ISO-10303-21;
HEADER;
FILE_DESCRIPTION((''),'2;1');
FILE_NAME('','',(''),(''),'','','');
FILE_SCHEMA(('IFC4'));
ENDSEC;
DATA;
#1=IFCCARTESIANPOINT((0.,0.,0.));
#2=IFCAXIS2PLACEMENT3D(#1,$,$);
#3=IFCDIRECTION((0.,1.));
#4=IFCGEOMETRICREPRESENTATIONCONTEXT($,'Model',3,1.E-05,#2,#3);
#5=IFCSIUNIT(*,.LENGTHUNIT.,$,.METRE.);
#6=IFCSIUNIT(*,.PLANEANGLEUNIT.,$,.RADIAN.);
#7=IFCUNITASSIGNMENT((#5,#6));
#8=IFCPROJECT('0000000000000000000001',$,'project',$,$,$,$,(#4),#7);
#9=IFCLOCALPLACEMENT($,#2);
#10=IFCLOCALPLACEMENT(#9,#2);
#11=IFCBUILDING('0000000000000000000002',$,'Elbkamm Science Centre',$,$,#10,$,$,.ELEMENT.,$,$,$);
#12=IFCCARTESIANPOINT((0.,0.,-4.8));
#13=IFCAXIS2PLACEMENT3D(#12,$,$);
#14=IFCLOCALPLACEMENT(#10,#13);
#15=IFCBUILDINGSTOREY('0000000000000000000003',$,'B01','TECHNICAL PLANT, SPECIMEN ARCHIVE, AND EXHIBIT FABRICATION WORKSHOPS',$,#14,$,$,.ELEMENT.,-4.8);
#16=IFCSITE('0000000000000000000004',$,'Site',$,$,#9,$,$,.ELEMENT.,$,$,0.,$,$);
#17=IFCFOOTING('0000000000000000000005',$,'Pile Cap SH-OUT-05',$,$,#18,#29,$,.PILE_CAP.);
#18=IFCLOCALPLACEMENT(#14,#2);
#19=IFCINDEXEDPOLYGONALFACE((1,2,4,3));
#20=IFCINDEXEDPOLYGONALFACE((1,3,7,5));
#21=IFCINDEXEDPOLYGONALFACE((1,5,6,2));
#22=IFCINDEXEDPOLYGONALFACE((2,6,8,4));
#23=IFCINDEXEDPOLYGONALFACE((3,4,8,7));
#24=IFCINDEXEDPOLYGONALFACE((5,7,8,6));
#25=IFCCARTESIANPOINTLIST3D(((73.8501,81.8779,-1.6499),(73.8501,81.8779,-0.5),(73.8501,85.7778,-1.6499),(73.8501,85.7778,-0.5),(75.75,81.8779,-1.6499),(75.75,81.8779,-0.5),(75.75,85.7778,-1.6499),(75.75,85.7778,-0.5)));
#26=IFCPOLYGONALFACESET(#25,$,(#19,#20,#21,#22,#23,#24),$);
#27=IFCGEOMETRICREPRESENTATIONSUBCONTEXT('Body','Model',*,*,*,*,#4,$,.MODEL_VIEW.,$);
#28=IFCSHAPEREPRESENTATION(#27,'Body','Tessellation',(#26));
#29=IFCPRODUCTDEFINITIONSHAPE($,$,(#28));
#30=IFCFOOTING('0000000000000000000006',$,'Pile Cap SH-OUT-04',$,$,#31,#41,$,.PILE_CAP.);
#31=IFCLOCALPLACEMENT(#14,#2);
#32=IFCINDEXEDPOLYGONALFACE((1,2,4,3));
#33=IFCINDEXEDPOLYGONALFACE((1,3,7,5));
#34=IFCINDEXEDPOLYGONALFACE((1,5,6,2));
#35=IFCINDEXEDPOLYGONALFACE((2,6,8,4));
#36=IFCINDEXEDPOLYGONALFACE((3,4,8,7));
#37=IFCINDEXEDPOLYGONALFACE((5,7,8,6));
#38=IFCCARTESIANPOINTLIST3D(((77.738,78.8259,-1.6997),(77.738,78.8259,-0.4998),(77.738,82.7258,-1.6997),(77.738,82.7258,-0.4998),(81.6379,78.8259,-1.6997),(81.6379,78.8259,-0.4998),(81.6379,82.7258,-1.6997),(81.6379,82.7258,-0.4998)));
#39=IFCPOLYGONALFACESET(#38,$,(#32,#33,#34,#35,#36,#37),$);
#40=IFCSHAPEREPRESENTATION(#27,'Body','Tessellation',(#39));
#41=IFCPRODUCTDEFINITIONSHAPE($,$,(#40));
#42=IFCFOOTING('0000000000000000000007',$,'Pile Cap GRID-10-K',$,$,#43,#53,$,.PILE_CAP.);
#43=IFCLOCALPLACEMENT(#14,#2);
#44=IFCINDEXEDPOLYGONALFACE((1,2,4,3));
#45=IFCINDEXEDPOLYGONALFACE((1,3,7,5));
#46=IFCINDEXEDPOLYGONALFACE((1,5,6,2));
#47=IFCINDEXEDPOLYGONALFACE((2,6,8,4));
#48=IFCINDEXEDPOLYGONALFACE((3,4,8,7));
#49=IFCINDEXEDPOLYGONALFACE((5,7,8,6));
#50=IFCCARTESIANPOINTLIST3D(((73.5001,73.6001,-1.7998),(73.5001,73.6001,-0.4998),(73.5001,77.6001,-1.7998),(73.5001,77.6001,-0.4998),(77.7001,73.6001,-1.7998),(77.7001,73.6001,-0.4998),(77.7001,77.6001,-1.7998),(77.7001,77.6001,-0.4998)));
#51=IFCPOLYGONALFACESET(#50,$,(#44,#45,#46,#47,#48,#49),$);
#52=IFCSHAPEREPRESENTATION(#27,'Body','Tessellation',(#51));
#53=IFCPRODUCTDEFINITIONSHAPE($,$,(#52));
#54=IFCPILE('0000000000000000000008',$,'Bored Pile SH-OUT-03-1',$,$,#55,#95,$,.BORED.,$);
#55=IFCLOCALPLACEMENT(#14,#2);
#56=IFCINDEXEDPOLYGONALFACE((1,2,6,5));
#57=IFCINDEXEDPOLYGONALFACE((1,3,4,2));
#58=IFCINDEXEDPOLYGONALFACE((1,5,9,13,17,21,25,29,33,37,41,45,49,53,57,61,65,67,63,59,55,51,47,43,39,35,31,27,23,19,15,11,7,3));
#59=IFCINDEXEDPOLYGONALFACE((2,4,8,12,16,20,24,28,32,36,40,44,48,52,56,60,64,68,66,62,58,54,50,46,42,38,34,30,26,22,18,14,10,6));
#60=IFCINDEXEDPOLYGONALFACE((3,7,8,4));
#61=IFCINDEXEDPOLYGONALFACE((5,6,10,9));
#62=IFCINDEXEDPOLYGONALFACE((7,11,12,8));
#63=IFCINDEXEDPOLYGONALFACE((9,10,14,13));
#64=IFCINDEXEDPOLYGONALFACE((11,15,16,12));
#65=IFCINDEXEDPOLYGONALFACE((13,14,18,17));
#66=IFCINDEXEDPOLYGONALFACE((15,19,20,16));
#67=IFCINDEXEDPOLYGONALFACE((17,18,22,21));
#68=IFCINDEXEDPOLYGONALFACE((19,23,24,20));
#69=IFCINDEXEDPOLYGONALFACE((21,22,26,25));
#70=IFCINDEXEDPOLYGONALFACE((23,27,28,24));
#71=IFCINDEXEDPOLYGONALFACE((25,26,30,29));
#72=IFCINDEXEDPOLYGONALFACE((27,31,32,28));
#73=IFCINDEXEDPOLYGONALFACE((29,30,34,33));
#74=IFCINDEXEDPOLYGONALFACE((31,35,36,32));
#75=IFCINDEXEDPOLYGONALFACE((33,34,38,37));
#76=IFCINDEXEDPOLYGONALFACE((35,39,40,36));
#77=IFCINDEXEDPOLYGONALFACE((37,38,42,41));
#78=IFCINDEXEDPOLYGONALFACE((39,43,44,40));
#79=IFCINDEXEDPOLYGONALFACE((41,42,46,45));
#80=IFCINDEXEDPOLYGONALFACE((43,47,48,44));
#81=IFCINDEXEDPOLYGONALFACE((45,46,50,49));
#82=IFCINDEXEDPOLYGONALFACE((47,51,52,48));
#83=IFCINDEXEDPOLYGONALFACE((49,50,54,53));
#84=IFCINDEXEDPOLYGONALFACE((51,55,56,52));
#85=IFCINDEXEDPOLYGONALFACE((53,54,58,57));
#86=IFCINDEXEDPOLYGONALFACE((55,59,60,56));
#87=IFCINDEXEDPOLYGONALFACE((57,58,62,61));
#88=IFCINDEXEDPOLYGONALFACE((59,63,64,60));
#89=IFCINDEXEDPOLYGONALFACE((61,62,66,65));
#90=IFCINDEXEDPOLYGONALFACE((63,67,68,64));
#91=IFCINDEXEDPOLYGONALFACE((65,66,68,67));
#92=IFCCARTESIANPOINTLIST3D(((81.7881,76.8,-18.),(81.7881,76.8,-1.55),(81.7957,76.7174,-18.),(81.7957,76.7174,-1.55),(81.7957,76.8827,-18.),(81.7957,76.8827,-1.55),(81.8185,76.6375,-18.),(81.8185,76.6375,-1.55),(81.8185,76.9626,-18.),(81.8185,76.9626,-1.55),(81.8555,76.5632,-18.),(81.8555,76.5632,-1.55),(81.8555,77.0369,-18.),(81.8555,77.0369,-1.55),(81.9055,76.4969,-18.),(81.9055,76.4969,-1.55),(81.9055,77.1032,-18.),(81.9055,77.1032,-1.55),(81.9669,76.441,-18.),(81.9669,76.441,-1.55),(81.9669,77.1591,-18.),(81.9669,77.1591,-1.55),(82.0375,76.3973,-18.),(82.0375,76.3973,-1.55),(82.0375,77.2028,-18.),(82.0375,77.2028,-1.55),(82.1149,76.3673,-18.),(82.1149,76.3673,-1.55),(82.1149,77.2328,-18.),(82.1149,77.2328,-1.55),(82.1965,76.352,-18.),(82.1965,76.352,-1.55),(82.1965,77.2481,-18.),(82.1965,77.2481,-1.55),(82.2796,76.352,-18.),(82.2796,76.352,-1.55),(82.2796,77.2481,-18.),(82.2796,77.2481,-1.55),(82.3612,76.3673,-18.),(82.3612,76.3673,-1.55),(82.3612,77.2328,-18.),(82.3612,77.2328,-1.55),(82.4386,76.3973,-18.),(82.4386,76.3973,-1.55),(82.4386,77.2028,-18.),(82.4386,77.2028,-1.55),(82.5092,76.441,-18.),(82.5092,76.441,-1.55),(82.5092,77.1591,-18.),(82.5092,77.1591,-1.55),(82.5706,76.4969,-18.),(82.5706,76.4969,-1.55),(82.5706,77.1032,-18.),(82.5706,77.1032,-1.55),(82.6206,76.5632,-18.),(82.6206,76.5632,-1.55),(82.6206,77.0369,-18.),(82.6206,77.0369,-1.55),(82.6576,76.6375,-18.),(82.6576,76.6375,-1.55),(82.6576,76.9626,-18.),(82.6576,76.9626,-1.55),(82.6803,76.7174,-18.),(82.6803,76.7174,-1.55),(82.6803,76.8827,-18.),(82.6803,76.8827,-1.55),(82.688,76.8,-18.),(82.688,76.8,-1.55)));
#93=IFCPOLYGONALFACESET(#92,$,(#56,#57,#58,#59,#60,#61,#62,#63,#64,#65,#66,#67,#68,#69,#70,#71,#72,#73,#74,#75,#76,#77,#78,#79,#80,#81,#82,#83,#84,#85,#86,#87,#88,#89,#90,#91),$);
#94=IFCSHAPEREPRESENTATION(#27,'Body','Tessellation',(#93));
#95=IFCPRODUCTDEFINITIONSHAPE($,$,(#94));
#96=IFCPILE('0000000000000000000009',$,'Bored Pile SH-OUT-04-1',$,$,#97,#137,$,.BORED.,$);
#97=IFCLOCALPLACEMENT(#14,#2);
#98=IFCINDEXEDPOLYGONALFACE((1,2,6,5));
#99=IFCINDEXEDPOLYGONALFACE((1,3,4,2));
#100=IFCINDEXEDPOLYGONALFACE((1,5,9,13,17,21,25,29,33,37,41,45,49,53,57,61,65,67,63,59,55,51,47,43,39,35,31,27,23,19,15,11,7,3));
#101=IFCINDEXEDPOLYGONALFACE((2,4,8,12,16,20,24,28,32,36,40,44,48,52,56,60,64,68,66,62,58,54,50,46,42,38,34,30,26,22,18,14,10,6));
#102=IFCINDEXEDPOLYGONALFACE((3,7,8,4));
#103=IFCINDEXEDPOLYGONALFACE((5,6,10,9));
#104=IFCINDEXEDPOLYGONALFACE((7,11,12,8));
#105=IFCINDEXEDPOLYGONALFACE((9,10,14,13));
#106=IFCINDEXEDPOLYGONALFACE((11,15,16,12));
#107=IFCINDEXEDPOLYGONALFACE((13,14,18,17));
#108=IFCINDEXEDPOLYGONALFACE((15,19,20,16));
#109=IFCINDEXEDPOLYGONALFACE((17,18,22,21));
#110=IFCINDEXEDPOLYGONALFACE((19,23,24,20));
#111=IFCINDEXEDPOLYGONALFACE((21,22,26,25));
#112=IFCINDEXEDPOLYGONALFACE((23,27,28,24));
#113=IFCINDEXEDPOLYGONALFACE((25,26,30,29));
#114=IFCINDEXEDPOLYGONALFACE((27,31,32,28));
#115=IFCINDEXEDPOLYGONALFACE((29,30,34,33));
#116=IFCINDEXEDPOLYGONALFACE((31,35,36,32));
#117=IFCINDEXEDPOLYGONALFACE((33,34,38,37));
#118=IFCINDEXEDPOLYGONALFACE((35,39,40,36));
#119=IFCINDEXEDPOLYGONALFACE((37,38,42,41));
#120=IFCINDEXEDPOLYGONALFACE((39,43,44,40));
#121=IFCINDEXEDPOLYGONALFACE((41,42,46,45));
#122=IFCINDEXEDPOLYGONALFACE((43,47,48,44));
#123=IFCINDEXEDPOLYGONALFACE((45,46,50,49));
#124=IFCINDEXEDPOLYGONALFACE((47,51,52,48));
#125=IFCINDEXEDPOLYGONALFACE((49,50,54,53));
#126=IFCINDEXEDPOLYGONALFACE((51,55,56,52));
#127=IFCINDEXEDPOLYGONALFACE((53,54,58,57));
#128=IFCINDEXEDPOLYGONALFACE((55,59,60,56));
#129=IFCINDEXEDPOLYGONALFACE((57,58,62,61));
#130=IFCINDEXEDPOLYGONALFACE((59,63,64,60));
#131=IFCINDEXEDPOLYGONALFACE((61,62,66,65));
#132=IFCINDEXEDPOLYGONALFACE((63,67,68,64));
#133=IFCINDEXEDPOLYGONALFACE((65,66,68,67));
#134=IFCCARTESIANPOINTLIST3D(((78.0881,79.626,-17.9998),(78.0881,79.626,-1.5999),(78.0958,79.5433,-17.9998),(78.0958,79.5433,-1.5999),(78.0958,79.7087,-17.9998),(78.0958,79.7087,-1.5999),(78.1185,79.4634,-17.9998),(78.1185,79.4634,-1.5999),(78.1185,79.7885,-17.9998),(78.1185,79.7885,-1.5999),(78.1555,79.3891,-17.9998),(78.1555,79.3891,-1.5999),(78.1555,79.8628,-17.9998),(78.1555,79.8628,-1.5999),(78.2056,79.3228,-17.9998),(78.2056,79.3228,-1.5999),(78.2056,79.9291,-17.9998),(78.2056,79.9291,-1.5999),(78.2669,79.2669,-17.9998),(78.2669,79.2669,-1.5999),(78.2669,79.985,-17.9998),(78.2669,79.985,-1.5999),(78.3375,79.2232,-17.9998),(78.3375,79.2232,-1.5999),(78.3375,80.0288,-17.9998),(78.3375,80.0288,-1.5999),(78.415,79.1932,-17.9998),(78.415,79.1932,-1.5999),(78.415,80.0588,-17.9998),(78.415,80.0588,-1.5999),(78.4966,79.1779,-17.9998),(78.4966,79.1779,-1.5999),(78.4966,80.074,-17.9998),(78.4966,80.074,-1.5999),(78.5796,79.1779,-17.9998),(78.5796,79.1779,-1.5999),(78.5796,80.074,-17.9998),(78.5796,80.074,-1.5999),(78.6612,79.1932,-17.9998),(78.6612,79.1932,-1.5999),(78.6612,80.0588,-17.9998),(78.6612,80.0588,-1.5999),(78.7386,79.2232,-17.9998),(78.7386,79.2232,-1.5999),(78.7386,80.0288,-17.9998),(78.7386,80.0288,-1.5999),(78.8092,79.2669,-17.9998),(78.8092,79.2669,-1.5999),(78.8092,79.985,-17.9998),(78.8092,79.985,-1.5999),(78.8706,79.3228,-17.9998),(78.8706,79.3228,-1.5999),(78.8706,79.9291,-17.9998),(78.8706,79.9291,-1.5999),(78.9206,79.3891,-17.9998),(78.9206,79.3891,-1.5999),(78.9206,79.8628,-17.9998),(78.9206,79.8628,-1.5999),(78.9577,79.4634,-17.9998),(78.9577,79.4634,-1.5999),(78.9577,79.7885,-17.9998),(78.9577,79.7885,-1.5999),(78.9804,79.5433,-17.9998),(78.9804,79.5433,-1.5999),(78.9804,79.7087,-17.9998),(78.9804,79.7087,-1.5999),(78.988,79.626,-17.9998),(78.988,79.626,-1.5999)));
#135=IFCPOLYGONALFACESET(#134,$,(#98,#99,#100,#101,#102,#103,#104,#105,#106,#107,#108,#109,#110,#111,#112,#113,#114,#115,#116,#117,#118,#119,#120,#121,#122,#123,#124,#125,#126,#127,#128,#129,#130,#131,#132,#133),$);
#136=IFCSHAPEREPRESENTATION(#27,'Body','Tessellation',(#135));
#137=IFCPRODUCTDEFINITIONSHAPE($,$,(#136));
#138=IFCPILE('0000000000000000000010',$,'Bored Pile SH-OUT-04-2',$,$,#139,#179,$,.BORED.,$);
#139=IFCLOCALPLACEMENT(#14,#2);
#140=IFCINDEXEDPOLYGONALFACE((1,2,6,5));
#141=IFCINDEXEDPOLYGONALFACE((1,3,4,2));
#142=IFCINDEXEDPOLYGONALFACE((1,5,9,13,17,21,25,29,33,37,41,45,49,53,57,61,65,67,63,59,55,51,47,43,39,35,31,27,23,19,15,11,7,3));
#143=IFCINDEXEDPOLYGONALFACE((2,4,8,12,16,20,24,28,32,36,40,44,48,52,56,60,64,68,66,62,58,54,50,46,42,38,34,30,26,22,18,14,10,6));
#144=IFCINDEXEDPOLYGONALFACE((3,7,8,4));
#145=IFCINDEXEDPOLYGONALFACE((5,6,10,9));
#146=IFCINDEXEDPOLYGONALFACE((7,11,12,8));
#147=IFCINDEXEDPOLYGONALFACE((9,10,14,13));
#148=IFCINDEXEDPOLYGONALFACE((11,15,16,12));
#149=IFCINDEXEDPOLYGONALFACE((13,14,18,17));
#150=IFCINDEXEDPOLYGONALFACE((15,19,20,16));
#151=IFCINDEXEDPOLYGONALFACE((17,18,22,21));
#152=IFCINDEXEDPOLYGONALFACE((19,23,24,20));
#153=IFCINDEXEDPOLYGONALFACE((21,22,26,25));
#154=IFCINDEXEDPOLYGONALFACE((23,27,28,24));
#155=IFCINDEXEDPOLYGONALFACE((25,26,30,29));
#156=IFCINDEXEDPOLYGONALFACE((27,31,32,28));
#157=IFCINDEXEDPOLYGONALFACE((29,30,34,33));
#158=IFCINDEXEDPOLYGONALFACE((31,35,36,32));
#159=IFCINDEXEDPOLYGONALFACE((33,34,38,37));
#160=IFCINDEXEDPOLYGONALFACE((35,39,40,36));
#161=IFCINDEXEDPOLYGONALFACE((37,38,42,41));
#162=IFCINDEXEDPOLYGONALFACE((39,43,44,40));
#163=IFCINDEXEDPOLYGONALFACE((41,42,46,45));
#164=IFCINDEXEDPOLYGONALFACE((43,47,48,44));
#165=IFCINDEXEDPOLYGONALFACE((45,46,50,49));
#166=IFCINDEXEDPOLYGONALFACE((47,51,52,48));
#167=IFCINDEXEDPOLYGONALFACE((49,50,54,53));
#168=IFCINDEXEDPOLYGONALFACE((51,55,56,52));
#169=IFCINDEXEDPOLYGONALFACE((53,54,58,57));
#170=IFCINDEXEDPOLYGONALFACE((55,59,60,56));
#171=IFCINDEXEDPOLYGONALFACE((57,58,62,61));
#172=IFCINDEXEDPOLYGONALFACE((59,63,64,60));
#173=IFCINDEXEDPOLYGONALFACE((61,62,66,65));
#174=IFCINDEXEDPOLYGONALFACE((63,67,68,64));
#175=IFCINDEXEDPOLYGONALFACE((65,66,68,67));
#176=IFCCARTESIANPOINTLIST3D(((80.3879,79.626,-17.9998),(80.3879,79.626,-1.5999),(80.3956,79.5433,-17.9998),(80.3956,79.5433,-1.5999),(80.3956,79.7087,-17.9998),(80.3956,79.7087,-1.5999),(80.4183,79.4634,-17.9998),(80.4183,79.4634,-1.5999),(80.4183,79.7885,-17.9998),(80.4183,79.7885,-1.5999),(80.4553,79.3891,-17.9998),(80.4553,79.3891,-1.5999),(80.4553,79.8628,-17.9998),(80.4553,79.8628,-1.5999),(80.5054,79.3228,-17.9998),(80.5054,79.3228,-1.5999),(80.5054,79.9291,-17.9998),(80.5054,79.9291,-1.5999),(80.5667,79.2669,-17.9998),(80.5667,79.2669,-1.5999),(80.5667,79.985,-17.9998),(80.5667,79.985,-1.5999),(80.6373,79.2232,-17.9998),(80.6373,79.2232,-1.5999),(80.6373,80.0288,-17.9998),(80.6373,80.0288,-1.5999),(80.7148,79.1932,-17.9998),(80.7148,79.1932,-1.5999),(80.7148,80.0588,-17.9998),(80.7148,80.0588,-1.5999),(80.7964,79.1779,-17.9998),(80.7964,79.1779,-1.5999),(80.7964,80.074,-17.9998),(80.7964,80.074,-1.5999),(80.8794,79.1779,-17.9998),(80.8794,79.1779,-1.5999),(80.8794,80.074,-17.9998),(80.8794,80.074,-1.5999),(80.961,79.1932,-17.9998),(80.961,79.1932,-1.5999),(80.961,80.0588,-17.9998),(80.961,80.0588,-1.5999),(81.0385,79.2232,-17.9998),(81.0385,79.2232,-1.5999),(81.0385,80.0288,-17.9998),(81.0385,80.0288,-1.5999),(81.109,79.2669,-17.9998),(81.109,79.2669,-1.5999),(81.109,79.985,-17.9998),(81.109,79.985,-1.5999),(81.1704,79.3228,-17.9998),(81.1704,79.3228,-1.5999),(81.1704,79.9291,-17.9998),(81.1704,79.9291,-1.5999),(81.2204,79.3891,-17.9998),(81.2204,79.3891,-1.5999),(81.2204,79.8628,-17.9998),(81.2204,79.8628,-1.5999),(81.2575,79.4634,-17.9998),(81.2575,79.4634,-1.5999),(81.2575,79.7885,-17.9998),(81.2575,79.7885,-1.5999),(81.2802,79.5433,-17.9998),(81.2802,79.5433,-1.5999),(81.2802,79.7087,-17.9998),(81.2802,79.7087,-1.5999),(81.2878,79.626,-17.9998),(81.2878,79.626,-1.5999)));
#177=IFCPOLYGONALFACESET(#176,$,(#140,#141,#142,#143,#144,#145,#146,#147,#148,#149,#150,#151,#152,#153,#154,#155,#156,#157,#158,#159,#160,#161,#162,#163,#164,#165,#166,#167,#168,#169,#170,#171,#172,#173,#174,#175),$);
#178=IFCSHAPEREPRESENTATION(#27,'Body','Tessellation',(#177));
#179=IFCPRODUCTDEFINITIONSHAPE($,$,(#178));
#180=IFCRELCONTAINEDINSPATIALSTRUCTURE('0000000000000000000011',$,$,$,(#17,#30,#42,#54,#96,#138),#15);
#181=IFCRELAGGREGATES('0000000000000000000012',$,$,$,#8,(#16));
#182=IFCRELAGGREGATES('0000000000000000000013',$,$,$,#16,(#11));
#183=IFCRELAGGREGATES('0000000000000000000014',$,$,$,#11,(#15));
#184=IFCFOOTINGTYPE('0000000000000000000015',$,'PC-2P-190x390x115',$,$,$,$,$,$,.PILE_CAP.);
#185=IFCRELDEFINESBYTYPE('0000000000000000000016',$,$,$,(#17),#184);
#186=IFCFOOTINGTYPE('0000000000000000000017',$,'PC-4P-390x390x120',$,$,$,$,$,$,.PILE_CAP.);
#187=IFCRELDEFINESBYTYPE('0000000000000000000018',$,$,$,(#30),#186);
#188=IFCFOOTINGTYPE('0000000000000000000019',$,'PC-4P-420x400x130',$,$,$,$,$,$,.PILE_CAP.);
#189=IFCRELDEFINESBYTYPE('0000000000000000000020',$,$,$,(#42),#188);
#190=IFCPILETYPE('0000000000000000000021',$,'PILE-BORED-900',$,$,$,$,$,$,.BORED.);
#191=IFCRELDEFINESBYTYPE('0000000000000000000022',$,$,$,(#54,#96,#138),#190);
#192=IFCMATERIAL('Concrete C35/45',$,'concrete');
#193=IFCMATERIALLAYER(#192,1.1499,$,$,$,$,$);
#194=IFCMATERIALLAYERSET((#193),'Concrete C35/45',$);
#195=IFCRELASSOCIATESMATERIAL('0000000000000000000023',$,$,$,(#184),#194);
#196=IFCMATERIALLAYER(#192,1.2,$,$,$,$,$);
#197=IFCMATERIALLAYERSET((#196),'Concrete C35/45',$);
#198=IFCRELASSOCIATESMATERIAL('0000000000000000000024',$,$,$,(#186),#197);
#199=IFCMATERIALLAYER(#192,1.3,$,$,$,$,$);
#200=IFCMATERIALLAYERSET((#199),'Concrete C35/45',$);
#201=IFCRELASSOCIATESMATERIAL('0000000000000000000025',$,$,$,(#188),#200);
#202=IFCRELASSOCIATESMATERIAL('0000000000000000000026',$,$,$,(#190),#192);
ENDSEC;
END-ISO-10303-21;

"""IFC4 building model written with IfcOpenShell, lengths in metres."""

from ifc_helpers import new_model, si_unit, direction, frame, origin, origin_2d, place, context, subcontext, project, spatial, rectangle, circle, extrude, material, layer, layer_set, material_profile, profile_set, type_object, element, save


model = new_model("IFC4")

# Units and contexts
model_context = context("Model", 3, precision=1e-05, world=origin(), true_north=direction((0.0, 1.0)))
body_context = subcontext(model_context, "Body", "Model", "MODEL_VIEW")
ifc_project = project(units=[si_unit("LENGTHUNIT", "METRE"), si_unit("PLANEANGLEUNIT", "RADIAN")], contexts=[model_context])

# Site, building, storey
site_placement = place(None, origin())
site = spatial("IfcSite", under=ifc_project, at=site_placement, Name="Site", CompositionType="ELEMENT", RefElevation=0.0)
building_placement = place(site_placement, origin())
building = spatial("IfcBuilding", under=site, at=building_placement, Name="Elbkamm Science Centre", CompositionType="ELEMENT")
storey_placement = place(building_placement, frame((0.0, 0.0, -4.8)))
storey = spatial("IfcBuildingStorey", under=building, at=storey_placement, Name="B01", Description="TECHNICAL PLANT, SPECIMEN ARCHIVE, AND EXHIBIT FABRICATION WORKSHOPS", CompositionType="ELEMENT", Elevation=-4.8)

# Footings
ifc_material_1 = material(Name="Concrete C35/45", Category="concrete")
ifc_layer_1 = layer(ifc_material_1, 1.1499)
ifc_layer_set_1 = layer_set([ifc_layer_1], Name="Concrete C35/45")
footing_type_1 = type_object("IfcFootingType", Name="PC-2P-190x390x115", PredefinedType="PILE_CAP", material=ifc_layer_set_1)
footing_1_placement = place(storey_placement, frame((74.8, 83.8279, -1.6499), z_axis=(0.0, 0.0, 1.0), x_axis=(1.0, 0.0, 0.0)))
element("IfcFooting", 1, at=footing_1_placement, inside=storey, type_object=footing_type_1, Name="Pile Cap SH-OUT-05", PredefinedType="PILE_CAP", context=body_context, shape_type="SweptSolid", body=[
    extrude(rectangle(XDim=1.8999, YDim=3.8999, at=origin_2d()), origin(), (0.0, 0.0, 1.0), 1.1499),
])
ifc_layer_2 = layer(ifc_material_1, 1.2)
ifc_layer_set_2 = layer_set([ifc_layer_2], Name="Concrete C35/45")
footing_type_2 = type_object("IfcFootingType", Name="PC-4P-390x390x120", PredefinedType="PILE_CAP", material=ifc_layer_set_2)
footing_2_placement = place(storey_placement, frame((79.688, 80.7759, -1.6997), z_axis=(0.0, 0.0, 1.0), x_axis=(1.0, 0.0, 0.0)))
element("IfcFooting", 2, at=footing_2_placement, inside=storey, type_object=footing_type_2, Name="Pile Cap SH-OUT-04", PredefinedType="PILE_CAP", context=body_context, shape_type="SweptSolid", body=[
    extrude(rectangle(XDim=3.8999, YDim=3.8999, at=origin_2d()), origin(), (0.0, 0.0, 1.0), 1.2),
])
ifc_layer_3 = layer(ifc_material_1, 1.3)
ifc_layer_set_3 = layer_set([ifc_layer_3], Name="Concrete C35/45")
footing_type_3 = type_object("IfcFootingType", Name="PC-4P-420x400x130", PredefinedType="PILE_CAP", material=ifc_layer_set_3)
footing_3_placement = place(storey_placement, frame((75.6001, 75.6001, -1.7998), z_axis=(0.0, 0.0, 1.0), x_axis=(1.0, 0.0, 0.0)))
element("IfcFooting", 3, at=footing_3_placement, inside=storey, type_object=footing_type_3, Name="Pile Cap GRID-10-K", PredefinedType="PILE_CAP", context=body_context, shape_type="SweptSolid", body=[
    extrude(rectangle(XDim=4.2, YDim=4.0, at=origin_2d()), origin(), (0.0, 0.0, 1.0), 1.3),
])

# Piles
ifc_material_profile_1 = material_profile(ifc_material_1, circle(Radius=0.45, at=origin_2d()), Name="PILE D900")
ifc_profile_set_1 = profile_set([ifc_material_profile_1], Name="Concrete C35/45")
pile_type = type_object("IfcPileType", Name="PILE-BORED-900", PredefinedType="BORED", material=ifc_profile_set_1)
pile_1_placement = place(storey_placement, frame((82.238, 76.8, -1.55), z_axis=(0.0, 0.0, -1.0), x_axis=(1.0, 0.0, 0.0)))
element("IfcPile", 4, at=pile_1_placement, inside=storey, type_object=pile_type, Name="Bored Pile SH-OUT-03-1", PredefinedType="BORED", context=body_context, shape_type="SweptSolid", body=[
    extrude(circle(Radius=0.45, at=origin_2d()), origin(), (0.0, 0.0, 1.0), 16.45),
])
for number, where, z_axis, x_axis, name in (
    (5, (78.5381, 79.626, -1.5999), (0.0, 0.0, -1.0), (1.0, 0.0, 0.0), "Bored Pile SH-OUT-04-1"),
    (6, (80.8379, 79.626, -1.5999), (0.0, 0.0, -1.0), (1.0, 0.0, 0.0), "Bored Pile SH-OUT-04-2"),
):
    element("IfcPile", number, at=place(storey_placement, frame(where, z_axis=z_axis, x_axis=x_axis)), inside=storey, type_object=pile_type, Name=name, PredefinedType="BORED", context=body_context, shape_type="SweptSolid", body=[
        extrude(circle(Radius=0.45, at=origin_2d()), origin(), (0.0, 0.0, 1.0), 16.3999),
    ])

save(model, "model.ifc")
